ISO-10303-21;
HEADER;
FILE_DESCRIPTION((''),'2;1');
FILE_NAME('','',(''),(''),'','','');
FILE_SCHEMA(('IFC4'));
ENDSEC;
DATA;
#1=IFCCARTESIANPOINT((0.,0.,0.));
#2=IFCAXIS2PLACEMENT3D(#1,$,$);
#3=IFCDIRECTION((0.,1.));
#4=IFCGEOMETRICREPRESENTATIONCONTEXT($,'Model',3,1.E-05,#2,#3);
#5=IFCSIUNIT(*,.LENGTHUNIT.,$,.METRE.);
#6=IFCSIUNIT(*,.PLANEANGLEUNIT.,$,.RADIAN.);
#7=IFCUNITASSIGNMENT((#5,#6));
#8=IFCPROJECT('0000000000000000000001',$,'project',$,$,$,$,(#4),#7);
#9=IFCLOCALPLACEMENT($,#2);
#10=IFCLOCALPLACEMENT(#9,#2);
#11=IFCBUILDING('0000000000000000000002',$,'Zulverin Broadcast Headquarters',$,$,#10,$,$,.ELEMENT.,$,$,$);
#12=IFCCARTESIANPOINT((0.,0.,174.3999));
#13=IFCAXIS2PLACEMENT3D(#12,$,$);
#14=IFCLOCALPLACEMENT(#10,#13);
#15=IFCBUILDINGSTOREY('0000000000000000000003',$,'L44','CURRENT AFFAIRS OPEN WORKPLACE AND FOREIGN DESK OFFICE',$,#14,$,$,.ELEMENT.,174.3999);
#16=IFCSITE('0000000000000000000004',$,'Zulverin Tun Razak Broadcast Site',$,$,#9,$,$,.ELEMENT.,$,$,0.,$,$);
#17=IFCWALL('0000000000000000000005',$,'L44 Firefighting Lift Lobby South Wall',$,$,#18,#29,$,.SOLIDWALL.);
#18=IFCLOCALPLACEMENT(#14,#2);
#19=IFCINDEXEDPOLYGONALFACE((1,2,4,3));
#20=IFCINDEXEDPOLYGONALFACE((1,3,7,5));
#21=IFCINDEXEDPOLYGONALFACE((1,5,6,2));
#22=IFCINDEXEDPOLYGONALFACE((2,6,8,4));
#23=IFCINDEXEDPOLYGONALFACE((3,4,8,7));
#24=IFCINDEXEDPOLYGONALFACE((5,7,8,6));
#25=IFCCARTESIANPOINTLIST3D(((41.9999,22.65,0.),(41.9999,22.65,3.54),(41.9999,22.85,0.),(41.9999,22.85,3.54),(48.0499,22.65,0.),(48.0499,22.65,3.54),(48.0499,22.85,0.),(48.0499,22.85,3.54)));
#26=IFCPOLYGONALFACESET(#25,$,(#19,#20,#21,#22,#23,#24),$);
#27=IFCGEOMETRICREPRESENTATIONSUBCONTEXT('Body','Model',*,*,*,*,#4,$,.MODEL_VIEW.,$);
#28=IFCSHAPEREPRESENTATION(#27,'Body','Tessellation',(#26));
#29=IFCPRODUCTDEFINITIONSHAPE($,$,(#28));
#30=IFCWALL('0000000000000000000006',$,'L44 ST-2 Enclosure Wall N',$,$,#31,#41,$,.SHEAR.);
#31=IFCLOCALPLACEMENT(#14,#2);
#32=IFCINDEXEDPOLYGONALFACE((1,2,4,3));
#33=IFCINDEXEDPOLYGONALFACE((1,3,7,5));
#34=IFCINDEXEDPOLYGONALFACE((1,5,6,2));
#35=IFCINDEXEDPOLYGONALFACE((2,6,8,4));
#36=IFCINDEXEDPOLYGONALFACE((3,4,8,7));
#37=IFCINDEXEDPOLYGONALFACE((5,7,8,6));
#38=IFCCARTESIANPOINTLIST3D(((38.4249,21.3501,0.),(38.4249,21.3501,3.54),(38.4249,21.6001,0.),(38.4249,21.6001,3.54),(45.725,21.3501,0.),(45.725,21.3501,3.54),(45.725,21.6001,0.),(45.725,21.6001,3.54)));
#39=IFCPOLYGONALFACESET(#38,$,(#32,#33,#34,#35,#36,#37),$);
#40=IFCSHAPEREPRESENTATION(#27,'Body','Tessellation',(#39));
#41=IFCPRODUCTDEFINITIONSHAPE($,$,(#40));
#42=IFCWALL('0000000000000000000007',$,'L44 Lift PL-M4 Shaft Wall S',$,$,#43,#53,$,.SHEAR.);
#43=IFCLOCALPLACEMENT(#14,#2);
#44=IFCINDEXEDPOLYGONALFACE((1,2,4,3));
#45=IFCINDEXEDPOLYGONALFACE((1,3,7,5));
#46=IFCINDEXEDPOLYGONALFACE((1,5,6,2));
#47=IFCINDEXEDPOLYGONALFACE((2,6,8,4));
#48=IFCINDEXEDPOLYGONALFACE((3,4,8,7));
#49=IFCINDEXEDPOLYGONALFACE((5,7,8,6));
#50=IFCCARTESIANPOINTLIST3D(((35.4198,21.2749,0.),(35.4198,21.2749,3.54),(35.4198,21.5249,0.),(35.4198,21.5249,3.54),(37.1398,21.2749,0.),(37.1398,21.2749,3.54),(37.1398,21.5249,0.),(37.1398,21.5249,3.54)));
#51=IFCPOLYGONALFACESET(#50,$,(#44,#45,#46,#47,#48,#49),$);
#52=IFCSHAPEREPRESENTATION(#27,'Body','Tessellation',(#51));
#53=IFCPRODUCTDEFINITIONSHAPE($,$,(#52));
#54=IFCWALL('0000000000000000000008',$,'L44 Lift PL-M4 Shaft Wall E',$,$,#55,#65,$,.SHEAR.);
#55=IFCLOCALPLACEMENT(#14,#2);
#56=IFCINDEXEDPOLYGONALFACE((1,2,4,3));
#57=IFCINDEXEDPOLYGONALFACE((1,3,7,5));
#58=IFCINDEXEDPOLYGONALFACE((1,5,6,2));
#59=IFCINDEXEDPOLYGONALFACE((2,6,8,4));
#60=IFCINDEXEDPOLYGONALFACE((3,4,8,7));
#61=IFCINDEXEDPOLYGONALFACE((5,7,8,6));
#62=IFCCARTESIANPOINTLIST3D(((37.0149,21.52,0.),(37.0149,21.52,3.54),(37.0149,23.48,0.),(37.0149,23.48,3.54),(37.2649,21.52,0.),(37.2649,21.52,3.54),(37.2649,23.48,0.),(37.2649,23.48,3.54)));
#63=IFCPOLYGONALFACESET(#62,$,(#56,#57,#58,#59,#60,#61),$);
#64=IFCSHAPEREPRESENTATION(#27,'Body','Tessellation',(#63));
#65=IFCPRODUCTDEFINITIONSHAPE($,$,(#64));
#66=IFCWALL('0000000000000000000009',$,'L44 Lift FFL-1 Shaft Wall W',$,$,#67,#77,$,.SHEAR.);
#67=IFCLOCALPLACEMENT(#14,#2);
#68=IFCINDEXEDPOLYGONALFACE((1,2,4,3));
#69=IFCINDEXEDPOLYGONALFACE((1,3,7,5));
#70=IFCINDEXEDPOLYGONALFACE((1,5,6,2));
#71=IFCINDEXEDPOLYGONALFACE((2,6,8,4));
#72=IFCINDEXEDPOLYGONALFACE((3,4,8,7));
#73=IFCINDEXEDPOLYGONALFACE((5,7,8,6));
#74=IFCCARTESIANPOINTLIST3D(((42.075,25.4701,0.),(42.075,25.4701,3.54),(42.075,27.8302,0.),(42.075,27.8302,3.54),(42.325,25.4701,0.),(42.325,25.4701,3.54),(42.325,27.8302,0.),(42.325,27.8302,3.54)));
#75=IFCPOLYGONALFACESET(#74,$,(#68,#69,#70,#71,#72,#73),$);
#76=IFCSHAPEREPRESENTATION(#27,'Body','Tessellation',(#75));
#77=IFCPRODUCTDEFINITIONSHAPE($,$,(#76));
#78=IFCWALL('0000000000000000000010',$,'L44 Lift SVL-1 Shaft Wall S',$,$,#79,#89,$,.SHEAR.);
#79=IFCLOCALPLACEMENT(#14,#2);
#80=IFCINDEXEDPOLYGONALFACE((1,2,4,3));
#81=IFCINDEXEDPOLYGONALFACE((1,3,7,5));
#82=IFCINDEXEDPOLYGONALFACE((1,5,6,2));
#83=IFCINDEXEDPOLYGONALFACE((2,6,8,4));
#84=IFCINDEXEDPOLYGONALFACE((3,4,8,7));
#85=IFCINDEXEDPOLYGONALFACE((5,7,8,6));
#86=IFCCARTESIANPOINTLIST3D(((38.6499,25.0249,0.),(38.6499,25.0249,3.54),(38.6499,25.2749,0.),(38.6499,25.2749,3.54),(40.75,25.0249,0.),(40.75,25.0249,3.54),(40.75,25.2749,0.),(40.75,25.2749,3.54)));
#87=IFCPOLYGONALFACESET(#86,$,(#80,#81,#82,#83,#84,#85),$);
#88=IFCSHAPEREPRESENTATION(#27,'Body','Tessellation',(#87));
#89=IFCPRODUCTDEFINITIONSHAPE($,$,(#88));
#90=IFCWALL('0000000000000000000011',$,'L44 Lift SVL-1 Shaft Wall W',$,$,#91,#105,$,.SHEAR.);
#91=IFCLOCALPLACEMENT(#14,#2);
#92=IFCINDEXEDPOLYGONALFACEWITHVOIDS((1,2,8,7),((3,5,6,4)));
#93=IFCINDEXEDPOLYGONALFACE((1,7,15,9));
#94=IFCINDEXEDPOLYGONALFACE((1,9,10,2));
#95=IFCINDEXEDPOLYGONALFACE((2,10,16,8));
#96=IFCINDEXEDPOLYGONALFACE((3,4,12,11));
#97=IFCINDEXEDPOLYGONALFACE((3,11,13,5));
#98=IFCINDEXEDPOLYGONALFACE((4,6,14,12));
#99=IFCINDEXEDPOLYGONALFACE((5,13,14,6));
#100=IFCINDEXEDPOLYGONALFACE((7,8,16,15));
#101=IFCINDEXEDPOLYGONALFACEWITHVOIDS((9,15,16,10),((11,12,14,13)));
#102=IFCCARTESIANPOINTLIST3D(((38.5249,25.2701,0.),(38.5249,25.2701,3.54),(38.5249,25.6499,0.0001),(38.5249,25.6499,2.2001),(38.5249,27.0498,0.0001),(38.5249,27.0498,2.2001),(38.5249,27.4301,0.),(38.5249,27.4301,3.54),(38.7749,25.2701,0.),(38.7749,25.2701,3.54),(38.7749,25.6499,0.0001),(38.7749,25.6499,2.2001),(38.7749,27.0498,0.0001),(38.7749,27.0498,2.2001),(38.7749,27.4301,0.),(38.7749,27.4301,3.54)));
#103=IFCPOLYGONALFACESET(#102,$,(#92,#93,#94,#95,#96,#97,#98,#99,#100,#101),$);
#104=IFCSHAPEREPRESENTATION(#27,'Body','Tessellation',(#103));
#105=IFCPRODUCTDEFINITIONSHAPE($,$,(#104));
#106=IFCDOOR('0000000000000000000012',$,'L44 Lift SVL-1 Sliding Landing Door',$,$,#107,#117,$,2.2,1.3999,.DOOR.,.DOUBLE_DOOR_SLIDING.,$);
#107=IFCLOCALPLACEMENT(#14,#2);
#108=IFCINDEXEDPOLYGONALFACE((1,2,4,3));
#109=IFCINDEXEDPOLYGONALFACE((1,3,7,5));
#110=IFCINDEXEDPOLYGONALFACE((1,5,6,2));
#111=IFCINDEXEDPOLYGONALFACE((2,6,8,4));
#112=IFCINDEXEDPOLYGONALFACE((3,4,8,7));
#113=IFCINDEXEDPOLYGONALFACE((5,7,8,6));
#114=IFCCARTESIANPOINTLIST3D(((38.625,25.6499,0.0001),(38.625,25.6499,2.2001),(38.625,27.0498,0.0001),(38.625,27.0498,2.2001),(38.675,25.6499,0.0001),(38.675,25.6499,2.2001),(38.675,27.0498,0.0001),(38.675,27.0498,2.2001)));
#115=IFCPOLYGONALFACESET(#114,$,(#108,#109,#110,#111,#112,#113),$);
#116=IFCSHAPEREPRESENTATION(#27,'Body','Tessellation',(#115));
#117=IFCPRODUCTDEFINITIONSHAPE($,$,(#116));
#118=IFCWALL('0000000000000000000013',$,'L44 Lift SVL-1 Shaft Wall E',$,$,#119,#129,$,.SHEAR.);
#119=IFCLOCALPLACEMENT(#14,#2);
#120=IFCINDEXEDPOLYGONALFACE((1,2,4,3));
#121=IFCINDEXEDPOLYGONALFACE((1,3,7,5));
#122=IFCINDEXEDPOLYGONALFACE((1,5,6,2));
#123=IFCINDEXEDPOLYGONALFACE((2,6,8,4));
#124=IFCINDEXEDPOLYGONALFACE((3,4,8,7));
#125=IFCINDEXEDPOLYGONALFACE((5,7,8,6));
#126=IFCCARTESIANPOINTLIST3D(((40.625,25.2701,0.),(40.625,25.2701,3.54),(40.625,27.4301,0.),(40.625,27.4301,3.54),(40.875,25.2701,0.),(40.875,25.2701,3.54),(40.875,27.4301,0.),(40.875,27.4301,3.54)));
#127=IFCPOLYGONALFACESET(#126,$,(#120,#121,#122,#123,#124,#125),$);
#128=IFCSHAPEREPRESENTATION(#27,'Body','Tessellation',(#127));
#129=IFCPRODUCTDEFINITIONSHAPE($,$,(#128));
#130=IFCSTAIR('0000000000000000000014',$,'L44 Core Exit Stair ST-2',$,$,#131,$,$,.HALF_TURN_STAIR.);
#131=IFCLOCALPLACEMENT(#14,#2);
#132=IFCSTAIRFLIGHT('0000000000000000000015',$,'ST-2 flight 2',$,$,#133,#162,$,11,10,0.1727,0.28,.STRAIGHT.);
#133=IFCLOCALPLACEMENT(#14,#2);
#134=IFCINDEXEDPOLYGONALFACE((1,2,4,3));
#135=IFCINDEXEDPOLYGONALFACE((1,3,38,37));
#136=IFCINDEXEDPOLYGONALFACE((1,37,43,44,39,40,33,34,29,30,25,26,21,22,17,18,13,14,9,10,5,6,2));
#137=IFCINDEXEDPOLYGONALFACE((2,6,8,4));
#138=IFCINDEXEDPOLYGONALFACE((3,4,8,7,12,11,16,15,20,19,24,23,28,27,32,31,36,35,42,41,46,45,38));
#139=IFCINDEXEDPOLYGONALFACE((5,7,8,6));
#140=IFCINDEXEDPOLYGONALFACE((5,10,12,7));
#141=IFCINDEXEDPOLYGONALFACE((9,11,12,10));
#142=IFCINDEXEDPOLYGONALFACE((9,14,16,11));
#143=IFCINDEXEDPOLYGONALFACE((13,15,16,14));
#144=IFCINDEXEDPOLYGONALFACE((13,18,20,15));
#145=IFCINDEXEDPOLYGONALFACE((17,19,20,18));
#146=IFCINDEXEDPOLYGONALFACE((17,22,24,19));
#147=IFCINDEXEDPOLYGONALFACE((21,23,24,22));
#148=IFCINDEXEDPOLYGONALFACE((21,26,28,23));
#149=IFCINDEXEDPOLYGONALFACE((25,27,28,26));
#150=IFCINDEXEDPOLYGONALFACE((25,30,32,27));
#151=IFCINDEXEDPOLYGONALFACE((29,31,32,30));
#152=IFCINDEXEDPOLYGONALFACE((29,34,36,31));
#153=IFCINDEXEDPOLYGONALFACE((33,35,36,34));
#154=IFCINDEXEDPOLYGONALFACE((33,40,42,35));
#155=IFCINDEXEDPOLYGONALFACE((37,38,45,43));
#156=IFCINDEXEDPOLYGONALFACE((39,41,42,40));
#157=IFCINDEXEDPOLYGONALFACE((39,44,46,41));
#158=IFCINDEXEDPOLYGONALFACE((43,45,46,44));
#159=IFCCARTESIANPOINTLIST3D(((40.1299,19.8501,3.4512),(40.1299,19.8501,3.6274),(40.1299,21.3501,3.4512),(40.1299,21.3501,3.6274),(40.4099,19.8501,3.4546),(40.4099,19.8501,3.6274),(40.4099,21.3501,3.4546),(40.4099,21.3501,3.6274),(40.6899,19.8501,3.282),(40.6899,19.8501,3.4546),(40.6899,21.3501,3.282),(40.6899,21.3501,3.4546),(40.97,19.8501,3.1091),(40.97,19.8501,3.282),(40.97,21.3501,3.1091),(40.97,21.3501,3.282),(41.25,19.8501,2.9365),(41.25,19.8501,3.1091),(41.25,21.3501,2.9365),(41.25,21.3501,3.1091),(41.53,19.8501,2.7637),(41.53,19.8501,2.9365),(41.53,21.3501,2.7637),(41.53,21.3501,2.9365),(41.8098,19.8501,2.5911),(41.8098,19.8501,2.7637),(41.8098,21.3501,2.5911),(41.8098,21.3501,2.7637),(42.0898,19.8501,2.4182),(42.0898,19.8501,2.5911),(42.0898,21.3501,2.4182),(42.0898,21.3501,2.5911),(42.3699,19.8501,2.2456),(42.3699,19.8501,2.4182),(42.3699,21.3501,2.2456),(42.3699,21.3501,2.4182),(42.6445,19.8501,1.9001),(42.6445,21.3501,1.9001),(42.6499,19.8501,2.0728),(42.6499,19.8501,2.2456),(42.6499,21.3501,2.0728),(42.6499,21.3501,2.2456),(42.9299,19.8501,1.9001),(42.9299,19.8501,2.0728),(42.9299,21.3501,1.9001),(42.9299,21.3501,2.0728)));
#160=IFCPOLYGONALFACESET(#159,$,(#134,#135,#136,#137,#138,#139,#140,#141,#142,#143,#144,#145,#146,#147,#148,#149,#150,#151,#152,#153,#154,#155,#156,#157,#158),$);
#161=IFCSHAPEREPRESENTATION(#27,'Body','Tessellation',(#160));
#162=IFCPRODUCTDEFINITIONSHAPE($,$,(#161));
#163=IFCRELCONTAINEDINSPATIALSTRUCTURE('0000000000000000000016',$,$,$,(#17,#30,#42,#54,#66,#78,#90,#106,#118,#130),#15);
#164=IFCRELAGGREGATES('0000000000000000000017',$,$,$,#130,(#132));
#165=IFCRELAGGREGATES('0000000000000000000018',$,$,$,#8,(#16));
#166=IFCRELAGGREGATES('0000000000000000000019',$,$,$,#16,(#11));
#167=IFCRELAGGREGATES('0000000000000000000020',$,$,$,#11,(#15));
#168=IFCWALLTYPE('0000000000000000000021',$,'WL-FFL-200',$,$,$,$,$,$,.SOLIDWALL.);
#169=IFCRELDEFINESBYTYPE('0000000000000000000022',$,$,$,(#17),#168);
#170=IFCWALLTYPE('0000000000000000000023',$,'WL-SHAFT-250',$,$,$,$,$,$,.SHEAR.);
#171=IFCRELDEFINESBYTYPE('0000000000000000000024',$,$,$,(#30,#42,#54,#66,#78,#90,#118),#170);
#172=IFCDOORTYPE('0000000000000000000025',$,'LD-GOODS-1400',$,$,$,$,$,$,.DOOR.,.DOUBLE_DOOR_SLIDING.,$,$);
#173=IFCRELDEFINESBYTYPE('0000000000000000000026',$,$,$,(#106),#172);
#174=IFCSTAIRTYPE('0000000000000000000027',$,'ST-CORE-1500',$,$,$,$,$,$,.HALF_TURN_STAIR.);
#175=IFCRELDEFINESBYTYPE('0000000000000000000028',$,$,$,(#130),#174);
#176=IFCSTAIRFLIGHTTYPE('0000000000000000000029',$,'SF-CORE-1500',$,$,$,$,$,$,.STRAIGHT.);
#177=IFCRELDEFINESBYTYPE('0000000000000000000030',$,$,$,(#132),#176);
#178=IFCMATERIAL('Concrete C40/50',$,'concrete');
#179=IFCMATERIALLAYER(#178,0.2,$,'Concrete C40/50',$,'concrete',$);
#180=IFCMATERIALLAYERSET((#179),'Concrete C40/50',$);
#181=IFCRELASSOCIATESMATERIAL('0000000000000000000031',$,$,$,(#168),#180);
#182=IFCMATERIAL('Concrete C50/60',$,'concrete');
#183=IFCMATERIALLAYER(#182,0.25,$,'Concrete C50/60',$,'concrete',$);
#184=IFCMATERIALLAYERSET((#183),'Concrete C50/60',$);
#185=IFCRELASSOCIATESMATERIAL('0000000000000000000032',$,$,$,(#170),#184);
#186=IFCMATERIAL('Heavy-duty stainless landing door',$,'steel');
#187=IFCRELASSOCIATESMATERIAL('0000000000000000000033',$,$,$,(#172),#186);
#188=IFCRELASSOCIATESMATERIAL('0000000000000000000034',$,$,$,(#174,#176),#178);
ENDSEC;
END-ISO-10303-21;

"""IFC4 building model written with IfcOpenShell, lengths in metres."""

from ifc_helpers import new_model, si_unit, direction, frame, frame_2d, origin, place, context, subcontext, project, spatial, polyline, rectangle, outline, extrude, material, layer, layer_set, type_object, element, fill, aggregate, save


model = new_model("IFC4")

# Units and contexts
model_context = context("Model", 3, precision=1e-05, world=origin(), true_north=direction((0.0, 1.0)))
body_context = subcontext(model_context, "Body", "Model", "MODEL_VIEW")
ifc_project = project(units=[si_unit("LENGTHUNIT", "METRE"), si_unit("PLANEANGLEUNIT", "RADIAN")], contexts=[model_context])

# Site, building, storey
site_placement = place(None, origin())
site = spatial("IfcSite", under=ifc_project, at=site_placement, Name="Zulverin Tun Razak Broadcast Site", CompositionType="ELEMENT", RefElevation=0.0)
building_placement = place(site_placement, origin())
building = spatial("IfcBuilding", under=site, at=building_placement, Name="Zulverin Broadcast Headquarters", CompositionType="ELEMENT")
storey_placement = place(building_placement, frame((0.0, 0.0, 174.3999)))
storey = spatial("IfcBuildingStorey", under=building, at=storey_placement, Name="L44", Description="CURRENT AFFAIRS OPEN WORKPLACE AND FOREIGN DESK OFFICE", CompositionType="ELEMENT", Elevation=174.3999)

# Shared definitions
ifc_material_1 = material(Name="Concrete C40/50", Category="concrete")
ifc_layer_1 = layer(ifc_material_1, 0.2, Name="Concrete C40/50", Category="concrete")
ifc_layer_set_1 = layer_set([ifc_layer_1], Name="Concrete C40/50")
wall_type_1 = type_object("IfcWallType", Name="WL-FFL-200", PredefinedType="SOLIDWALL", material=ifc_layer_set_1)

# Walls
wall_1_placement = place(storey_placement, frame((42.0, 22.75, 0.0), z_axis=(0.0, 0.0, 1.0), x_axis=(1.0, 0.0, 0.0)))
element("IfcWall", 1, at=wall_1_placement, inside=storey, type_object=wall_type_1, Name="L44 Firefighting Lift Lobby South Wall", PredefinedType="SOLIDWALL", context=body_context, shape_type="SweptSolid", body=[
    extrude(rectangle(XDim=6.05, YDim=0.2, at=frame_2d((3.0249, 0.0))), origin(), (0.0, 0.0, 1.0), 3.54),
])
ifc_material_2 = material(Name="Concrete C50/60", Category="concrete")
ifc_layer_2 = layer(ifc_material_2, 0.25, Name="Concrete C50/60", Category="concrete")
ifc_layer_set_2 = layer_set([ifc_layer_2], Name="Concrete C50/60")
wall_type_2 = type_object("IfcWallType", Name="WL-SHAFT-250", PredefinedType="SHEAR", material=ifc_layer_set_2)
wall_2_placement = place(storey_placement, frame((38.425, 21.4751, 0.0), z_axis=(0.0, 0.0, 1.0), x_axis=(1.0, 0.0, 0.0)))
element("IfcWall", 2, at=wall_2_placement, inside=storey, type_object=wall_type_2, Name="L44 ST-2 Enclosure Wall N", PredefinedType="SHEAR", context=body_context, shape_type="SweptSolid", body=[
    extrude(rectangle(XDim=7.3, YDim=0.25, at=frame_2d((3.6499, 0.0))), origin(), (0.0, 0.0, 1.0), 3.54),
])
wall_3_placement = place(storey_placement, frame((35.4199, 21.3999, 0.0), z_axis=(0.0, 0.0, 1.0), x_axis=(1.0, 0.0, 0.0)))
element("IfcWall", 3, at=wall_3_placement, inside=storey, type_object=wall_type_2, Name="L44 Lift PL-M4 Shaft Wall S", PredefinedType="SHEAR", context=body_context, shape_type="SweptSolid", body=[
    extrude(rectangle(XDim=1.72, YDim=0.25, at=frame_2d((0.8599, 0.0))), origin(), (0.0, 0.0, 1.0), 3.54),
])

# Wall
wall_4_placement = place(storey_placement, frame((37.1399, 21.52, 0.0), z_axis=(0.0, 0.0, 1.0), x_axis=(0.0, 1.0, 0.0)))
element("IfcWall", 4, at=wall_4_placement, inside=storey, type_object=wall_type_2, Name="L44 Lift PL-M4 Shaft Wall E", PredefinedType="SHEAR", context=body_context, shape_type="SweptSolid", body=[
    extrude(rectangle(XDim=1.96, YDim=0.25, at=frame_2d((0.98, 0.0))), origin(), (0.0, 0.0, 1.0), 3.54),
])

# Wall
wall_5_placement = place(storey_placement, frame((42.2, 25.47, 0.0), z_axis=(0.0, 0.0, 1.0), x_axis=(0.0, 1.0, 0.0)))
element("IfcWall", 5, at=wall_5_placement, inside=storey, type_object=wall_type_2, Name="L44 Lift FFL-1 Shaft Wall W", PredefinedType="SHEAR", context=body_context, shape_type="SweptSolid", body=[
    extrude(rectangle(XDim=2.3601, YDim=0.25, at=frame_2d((1.1802, 0.0))), origin(), (0.0, 0.0, 1.0), 3.54),
])

# Wall
wall_6_placement = place(storey_placement, frame((38.6499, 25.1499, 0.0), z_axis=(0.0, 0.0, 1.0), x_axis=(1.0, 0.0, 0.0)))
element("IfcWall", 6, at=wall_6_placement, inside=storey, type_object=wall_type_2, Name="L44 Lift SVL-1 Shaft Wall S", PredefinedType="SHEAR", context=body_context, shape_type="SweptSolid", body=[
    extrude(rectangle(XDim=2.1001, YDim=0.25, at=frame_2d((1.05, 0.0))), origin(), (0.0, 0.0, 1.0), 3.54),
])

# Wall, opening, door
wall_7_placement = place(storey_placement, frame((38.6499, 25.27, 0.0), z_axis=(0.0, 0.0, 1.0), x_axis=(0.0, 1.0, 0.0)))
wall_7 = element("IfcWall", 7, at=wall_7_placement, inside=storey, type_object=wall_type_2, Name="L44 Lift SVL-1 Shaft Wall W", PredefinedType="SHEAR", context=body_context, shape_type="SweptSolid", body=[
    extrude(rectangle(XDim=2.1599, YDim=0.25, at=frame_2d((1.0801, 0.0))), origin(), (0.0, 0.0, 1.0), 3.54),
])
opening_1_placement = place(wall_7_placement, frame((0.3799, 0.0, 0.0)))
opening_1 = element("IfcOpeningElement", 8, at=opening_1_placement, cuts=wall_7, PredefinedType="OPENING", context=body_context, shape_type="SweptSolid", body=[
    extrude(rectangle(XDim=1.3999, YDim=2.2, at=frame_2d((0.7, 1.1001))), frame((0.0, 0.135, 0.0), z_axis=(0.0, -1.0, 0.0), x_axis=(1.0, 0.0, 0.0)), (0.0, 0.0, 1.0), 0.27),
])
ifc_material_3 = material(Name="Heavy-duty stainless landing door", Category="steel")
door_type_1 = type_object("IfcDoorType", Name="LD-GOODS-1400", OperationType="DOUBLE_DOOR_SLIDING", PredefinedType="DOOR", material=ifc_material_3)
door_1_placement = place(opening_1_placement, origin())
door_1 = element("IfcDoor", 9, at=door_1_placement, inside=storey, type_object=door_type_1, Name="L44 Lift SVL-1 Sliding Landing Door", OperationType="DOUBLE_DOOR_SLIDING", OverallHeight=2.2, OverallWidth=1.3999, PredefinedType="DOOR", context=body_context, shape_type="SweptSolid", body=[
    extrude(rectangle(XDim=1.3999, YDim=2.2, at=frame_2d((0.7, 1.1001))), frame((0.0, 0.0249, 0.0), z_axis=(0.0, -1.0, 0.0), x_axis=(1.0, 0.0, 0.0)), (0.0, 0.0, 1.0), 0.05),
])
fill(opening_1, door_1)

# Wall
wall_8_placement = place(storey_placement, frame((40.75, 25.27, 0.0), z_axis=(0.0, 0.0, 1.0), x_axis=(0.0, 1.0, 0.0)))
element("IfcWall", 10, at=wall_8_placement, inside=storey, type_object=wall_type_2, Name="L44 Lift SVL-1 Shaft Wall E", PredefinedType="SHEAR", context=body_context, shape_type="SweptSolid", body=[
    extrude(rectangle(XDim=2.1599, YDim=0.25, at=frame_2d((1.0801, 0.0))), origin(), (0.0, 0.0, 1.0), 3.54),
])

# Stair, stair flight
stair_type = type_object("IfcStairType", Name="ST-CORE-1500", PredefinedType="HALF_TURN_STAIR", material=ifc_material_1)
stair_placement = place(storey_placement, origin())
stair = element("IfcStair", 11, at=stair_placement, inside=storey, type_object=stair_type, Name="L44 Core Exit Stair ST-2", PredefinedType="HALF_TURN_STAIR")
stair_flight_type = type_object("IfcStairFlightType", Name="SF-CORE-1500", PredefinedType="STRAIGHT", material=ifc_material_1)
stair_flight_placement = place(storey_placement, frame((42.9299, 20.6001, 1.9001), z_axis=(0.0, 0.0, 1.0), x_axis=(-1.0, 0.0, 0.0)))
stair_flight = element("IfcStairFlight", 12, at=stair_flight_placement, type_object=stair_flight_type, Name="ST-2 flight 2", NumberOfRisers=11, NumberOfTreads=10, PredefinedType="STRAIGHT", RiserHeight=0.1727, TreadLength=0.28, context=body_context, shape_type="SweptSolid", body=[
    extrude(outline(polyline([(0.0, 0.0), (0.0, 0.1726), (0.28, 0.1726), (0.28, 0.3455), (0.5601, 0.3455), (0.5601, 0.5181), (0.8401, 0.5181), (0.8401, 0.6909), (1.1201, 0.6909), (1.1201, 0.8635), (1.3999, 0.8635), (1.3999, 1.0364), (1.6799, 1.0364), (1.6799, 1.209), (1.96, 1.209), (1.96, 1.3818), (2.24, 1.3818), (2.24, 1.5544), (2.52, 1.5544), (2.52, 1.7273), (2.8, 1.7273), (2.8, 1.8999), (2.8, 1.551), (0.2854, 0.0), (0.0, 0.0)])), frame((0.0, 0.75, 0.0), z_axis=(0.0, -1.0, 0.0), x_axis=(1.0, 0.0, 0.0)), (0.0, 0.0, 1.0), 1.5),
])
aggregate(stair, [stair_flight])

save(model, "model.ifc")
